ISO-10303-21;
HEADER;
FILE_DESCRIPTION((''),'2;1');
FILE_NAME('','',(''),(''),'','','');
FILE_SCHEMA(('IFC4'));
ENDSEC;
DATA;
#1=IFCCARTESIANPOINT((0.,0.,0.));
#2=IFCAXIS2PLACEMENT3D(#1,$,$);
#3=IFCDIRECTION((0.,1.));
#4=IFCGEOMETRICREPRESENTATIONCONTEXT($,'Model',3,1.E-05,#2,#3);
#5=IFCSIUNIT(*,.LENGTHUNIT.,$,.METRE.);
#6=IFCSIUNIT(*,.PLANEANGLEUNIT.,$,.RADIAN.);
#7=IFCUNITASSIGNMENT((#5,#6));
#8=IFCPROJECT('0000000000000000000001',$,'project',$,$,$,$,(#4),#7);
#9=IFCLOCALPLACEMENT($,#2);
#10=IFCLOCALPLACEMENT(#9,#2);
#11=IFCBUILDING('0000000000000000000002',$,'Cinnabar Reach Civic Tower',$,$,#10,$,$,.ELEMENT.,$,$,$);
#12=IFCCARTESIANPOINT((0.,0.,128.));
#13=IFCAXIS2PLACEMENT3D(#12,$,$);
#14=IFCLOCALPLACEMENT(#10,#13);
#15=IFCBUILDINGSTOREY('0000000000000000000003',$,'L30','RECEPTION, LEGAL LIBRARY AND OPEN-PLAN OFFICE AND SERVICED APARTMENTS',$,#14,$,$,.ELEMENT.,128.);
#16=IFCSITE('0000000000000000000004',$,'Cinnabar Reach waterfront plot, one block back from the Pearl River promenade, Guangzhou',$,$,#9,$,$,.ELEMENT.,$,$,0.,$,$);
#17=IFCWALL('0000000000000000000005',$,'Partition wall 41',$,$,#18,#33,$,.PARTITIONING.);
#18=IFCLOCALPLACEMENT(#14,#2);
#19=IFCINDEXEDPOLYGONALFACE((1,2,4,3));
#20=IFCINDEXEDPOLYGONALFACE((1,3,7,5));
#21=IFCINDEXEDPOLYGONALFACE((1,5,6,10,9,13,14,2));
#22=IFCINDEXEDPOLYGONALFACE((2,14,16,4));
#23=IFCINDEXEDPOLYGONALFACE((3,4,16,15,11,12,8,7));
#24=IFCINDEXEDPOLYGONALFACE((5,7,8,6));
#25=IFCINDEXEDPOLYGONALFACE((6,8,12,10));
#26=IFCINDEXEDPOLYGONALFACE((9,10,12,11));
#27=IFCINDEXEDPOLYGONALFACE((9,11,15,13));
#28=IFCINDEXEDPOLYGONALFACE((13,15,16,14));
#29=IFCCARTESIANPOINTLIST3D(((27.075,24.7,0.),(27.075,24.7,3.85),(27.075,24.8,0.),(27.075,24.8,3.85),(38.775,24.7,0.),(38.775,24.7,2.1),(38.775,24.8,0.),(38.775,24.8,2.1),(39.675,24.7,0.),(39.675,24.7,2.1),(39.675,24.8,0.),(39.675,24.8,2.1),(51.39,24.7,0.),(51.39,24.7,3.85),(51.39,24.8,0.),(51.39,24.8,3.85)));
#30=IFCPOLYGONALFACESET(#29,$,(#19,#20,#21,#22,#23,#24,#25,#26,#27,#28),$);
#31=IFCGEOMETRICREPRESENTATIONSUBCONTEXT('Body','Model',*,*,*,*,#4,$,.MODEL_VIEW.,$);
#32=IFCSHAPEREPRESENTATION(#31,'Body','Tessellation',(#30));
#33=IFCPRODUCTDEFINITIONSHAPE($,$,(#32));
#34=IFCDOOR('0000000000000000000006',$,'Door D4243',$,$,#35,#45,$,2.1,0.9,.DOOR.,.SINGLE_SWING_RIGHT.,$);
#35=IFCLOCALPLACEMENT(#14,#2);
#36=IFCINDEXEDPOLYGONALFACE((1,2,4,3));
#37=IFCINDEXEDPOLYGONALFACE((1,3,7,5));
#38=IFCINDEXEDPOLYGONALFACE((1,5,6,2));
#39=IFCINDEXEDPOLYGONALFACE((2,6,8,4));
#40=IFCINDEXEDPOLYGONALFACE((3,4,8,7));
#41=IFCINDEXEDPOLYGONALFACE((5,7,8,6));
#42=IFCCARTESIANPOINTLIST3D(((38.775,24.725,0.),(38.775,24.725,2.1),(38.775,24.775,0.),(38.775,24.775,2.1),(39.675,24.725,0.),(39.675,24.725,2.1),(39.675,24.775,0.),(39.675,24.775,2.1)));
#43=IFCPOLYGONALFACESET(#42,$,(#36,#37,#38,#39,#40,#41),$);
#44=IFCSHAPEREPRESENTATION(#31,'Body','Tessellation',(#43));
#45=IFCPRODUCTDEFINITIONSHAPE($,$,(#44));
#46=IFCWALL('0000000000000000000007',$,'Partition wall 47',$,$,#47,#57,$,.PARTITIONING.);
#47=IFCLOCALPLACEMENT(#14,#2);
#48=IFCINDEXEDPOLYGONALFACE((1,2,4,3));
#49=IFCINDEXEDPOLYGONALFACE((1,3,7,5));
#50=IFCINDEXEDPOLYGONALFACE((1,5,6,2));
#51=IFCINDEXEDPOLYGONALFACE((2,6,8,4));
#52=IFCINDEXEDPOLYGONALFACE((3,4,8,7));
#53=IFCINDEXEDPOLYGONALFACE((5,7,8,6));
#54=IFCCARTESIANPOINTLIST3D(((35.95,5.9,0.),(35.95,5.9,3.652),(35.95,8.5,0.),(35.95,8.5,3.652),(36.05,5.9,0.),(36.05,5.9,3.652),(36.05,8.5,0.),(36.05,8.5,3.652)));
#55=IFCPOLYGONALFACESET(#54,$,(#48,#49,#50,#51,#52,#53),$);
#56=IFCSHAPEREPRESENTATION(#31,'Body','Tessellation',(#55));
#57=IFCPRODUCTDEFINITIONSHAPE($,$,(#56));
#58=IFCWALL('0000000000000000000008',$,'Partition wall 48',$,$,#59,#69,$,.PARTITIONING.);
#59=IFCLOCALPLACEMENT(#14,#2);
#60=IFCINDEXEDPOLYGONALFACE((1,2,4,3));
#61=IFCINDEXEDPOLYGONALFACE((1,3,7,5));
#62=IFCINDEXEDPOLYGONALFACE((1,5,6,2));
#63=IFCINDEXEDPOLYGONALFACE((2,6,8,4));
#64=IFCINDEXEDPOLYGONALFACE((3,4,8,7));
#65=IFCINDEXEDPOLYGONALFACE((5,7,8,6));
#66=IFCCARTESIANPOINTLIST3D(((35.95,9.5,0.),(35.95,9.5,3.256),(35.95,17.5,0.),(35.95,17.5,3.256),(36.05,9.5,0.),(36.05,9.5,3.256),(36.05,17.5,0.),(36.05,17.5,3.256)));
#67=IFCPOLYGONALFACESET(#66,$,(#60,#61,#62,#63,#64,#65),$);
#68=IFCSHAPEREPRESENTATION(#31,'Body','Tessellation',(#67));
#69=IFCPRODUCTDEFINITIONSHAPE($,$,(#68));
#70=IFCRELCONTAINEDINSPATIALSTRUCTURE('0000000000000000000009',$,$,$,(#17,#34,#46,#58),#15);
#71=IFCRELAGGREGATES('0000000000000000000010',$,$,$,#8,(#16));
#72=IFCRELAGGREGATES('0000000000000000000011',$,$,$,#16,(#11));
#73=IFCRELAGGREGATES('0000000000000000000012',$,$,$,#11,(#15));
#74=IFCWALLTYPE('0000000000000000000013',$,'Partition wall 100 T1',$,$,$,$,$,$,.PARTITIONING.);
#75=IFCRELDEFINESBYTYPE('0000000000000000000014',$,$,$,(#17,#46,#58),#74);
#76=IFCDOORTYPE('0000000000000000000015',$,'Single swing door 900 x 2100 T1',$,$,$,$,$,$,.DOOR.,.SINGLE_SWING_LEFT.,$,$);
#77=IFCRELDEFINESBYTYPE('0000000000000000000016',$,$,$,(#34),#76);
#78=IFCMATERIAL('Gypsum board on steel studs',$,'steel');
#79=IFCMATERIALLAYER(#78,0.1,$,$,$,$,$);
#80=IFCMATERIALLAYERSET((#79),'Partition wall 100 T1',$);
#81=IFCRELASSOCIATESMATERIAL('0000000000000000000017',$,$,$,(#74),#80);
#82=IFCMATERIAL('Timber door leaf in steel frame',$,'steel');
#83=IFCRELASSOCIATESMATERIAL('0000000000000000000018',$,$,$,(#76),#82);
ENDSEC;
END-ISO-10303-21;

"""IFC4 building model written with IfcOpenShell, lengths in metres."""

from ifc_helpers import new_model, si_unit, direction, frame, frame_2d, origin, place, context, subcontext, project, spatial, rectangle, extrude, material, layer, layer_set, type_object, element, fill, save


model = new_model("IFC4")

# Units and contexts
model_context = context("Model", 3, precision=1e-05, world=origin(), true_north=direction((0.0, 1.0)))
body_context = subcontext(model_context, "Body", "Model", "MODEL_VIEW")
ifc_project = project(units=[si_unit("LENGTHUNIT", "METRE"), si_unit("PLANEANGLEUNIT", "RADIAN")], contexts=[model_context])

# Site, building, storey
site_placement = place(None, origin())
site = spatial("IfcSite", under=ifc_project, at=site_placement, Name="Cinnabar Reach waterfront plot, one block back from the Pearl River promenade, Guangzhou", CompositionType="ELEMENT", RefElevation=0.0)
building_placement = place(site_placement, origin())
building = spatial("IfcBuilding", under=site, at=building_placement, Name="Cinnabar Reach Civic Tower", CompositionType="ELEMENT")
storey_placement = place(building_placement, frame((0.0, 0.0, 128.0)))
storey = spatial("IfcBuildingStorey", under=building, at=storey_placement, Name="L30", Description="RECEPTION, LEGAL LIBRARY AND OPEN-PLAN OFFICE AND SERVICED APARTMENTS", CompositionType="ELEMENT", Elevation=128.0)

# Shared definitions
ifc_material_1 = material(Name="Timber door leaf in steel frame", Category="steel")

# Wall, opening, door
ifc_material_2 = material(Name="Gypsum board on steel studs", Category="steel")
ifc_layer_1 = layer(ifc_material_2, 0.1)
ifc_layer_set_1 = layer_set([ifc_layer_1], Name="Partition wall 100 T1")
wall_type_1 = type_object("IfcWallType", Name="Partition wall 100 T1", PredefinedType="PARTITIONING", material=ifc_layer_set_1)
wall_1_placement = place(storey_placement, frame((27.075, 24.75, 0.0), z_axis=(0.0, 0.0, 1.0), x_axis=(1.0, 0.0, 0.0)))
wall_1 = element("IfcWall", 1, at=wall_1_placement, inside=storey, type_object=wall_type_1, Name="Partition wall 41", PredefinedType="PARTITIONING", context=body_context, shape_type="SweptSolid", body=[
    extrude(rectangle(XDim=24.315, YDim=0.1, at=frame_2d((12.1575, 0.0))), origin(), (0.0, 0.0, 1.0), 3.85),
])
opening_1_placement = place(wall_1_placement, frame((11.7, 0.0, 0.0)))
opening_1 = element("IfcOpeningElement", 2, at=opening_1_placement, cuts=wall_1, PredefinedType="OPENING", context=body_context, shape_type="SweptSolid", body=[
    extrude(rectangle(XDim=0.9, YDim=2.1, at=frame_2d((0.45, 1.05))), frame((0.0, 0.06, 0.0), z_axis=(0.0, -1.0, 0.0), x_axis=(1.0, 0.0, 0.0)), (0.0, 0.0, 1.0), 0.12),
])
door_type_1 = type_object("IfcDoorType", Name="Single swing door 900 x 2100 T1", OperationType="SINGLE_SWING_LEFT", PredefinedType="DOOR", material=ifc_material_1)
door_1_placement = place(opening_1_placement, frame((0.9, 0.0, 0.0), z_axis=(0.0, 0.0, 1.0), x_axis=(-1.0, 0.0, 0.0)))
door_1 = element("IfcDoor", 3, at=door_1_placement, inside=storey, type_object=door_type_1, Name="Door D4243", OperationType="SINGLE_SWING_RIGHT", OverallHeight=2.1, OverallWidth=0.9, PredefinedType="DOOR", context=body_context, shape_type="SweptSolid", body=[
    extrude(rectangle(XDim=0.9, YDim=2.1, at=frame_2d((0.45, 1.05))), frame((0.0, 0.025, 0.0), z_axis=(0.0, -1.0, 0.0), x_axis=(1.0, 0.0, 0.0)), (0.0, 0.0, 1.0), 0.05),
])
fill(opening_1, door_1)

# Walls
wall_2_placement = place(storey_placement, frame((36.0, 5.9, 0.0), z_axis=(0.0, 0.0, 1.0), x_axis=(0.0, 1.0, 0.0)))
element("IfcWall", 4, at=wall_2_placement, inside=storey, type_object=wall_type_1, Name="Partition wall 47", PredefinedType="PARTITIONING", context=body_context, shape_type="SweptSolid", body=[
    extrude(rectangle(XDim=2.6, YDim=0.1, at=frame_2d((1.3, 0.0))), origin(), (0.0, 0.0, 1.0), 3.652),
])
wall_3_placement = place(storey_placement, frame((36.0, 9.5, 0.0), z_axis=(0.0, 0.0, 1.0), x_axis=(0.0, 1.0, 0.0)))
element("IfcWall", 5, at=wall_3_placement, inside=storey, type_object=wall_type_1, Name="Partition wall 48", PredefinedType="PARTITIONING", context=body_context, shape_type="SweptSolid", body=[
    extrude(rectangle(XDim=8.0, YDim=0.1, at=frame_2d((4.0, 0.0))), origin(), (0.0, 0.0, 1.0), 3.256),
])

save(model, "model.ifc")
